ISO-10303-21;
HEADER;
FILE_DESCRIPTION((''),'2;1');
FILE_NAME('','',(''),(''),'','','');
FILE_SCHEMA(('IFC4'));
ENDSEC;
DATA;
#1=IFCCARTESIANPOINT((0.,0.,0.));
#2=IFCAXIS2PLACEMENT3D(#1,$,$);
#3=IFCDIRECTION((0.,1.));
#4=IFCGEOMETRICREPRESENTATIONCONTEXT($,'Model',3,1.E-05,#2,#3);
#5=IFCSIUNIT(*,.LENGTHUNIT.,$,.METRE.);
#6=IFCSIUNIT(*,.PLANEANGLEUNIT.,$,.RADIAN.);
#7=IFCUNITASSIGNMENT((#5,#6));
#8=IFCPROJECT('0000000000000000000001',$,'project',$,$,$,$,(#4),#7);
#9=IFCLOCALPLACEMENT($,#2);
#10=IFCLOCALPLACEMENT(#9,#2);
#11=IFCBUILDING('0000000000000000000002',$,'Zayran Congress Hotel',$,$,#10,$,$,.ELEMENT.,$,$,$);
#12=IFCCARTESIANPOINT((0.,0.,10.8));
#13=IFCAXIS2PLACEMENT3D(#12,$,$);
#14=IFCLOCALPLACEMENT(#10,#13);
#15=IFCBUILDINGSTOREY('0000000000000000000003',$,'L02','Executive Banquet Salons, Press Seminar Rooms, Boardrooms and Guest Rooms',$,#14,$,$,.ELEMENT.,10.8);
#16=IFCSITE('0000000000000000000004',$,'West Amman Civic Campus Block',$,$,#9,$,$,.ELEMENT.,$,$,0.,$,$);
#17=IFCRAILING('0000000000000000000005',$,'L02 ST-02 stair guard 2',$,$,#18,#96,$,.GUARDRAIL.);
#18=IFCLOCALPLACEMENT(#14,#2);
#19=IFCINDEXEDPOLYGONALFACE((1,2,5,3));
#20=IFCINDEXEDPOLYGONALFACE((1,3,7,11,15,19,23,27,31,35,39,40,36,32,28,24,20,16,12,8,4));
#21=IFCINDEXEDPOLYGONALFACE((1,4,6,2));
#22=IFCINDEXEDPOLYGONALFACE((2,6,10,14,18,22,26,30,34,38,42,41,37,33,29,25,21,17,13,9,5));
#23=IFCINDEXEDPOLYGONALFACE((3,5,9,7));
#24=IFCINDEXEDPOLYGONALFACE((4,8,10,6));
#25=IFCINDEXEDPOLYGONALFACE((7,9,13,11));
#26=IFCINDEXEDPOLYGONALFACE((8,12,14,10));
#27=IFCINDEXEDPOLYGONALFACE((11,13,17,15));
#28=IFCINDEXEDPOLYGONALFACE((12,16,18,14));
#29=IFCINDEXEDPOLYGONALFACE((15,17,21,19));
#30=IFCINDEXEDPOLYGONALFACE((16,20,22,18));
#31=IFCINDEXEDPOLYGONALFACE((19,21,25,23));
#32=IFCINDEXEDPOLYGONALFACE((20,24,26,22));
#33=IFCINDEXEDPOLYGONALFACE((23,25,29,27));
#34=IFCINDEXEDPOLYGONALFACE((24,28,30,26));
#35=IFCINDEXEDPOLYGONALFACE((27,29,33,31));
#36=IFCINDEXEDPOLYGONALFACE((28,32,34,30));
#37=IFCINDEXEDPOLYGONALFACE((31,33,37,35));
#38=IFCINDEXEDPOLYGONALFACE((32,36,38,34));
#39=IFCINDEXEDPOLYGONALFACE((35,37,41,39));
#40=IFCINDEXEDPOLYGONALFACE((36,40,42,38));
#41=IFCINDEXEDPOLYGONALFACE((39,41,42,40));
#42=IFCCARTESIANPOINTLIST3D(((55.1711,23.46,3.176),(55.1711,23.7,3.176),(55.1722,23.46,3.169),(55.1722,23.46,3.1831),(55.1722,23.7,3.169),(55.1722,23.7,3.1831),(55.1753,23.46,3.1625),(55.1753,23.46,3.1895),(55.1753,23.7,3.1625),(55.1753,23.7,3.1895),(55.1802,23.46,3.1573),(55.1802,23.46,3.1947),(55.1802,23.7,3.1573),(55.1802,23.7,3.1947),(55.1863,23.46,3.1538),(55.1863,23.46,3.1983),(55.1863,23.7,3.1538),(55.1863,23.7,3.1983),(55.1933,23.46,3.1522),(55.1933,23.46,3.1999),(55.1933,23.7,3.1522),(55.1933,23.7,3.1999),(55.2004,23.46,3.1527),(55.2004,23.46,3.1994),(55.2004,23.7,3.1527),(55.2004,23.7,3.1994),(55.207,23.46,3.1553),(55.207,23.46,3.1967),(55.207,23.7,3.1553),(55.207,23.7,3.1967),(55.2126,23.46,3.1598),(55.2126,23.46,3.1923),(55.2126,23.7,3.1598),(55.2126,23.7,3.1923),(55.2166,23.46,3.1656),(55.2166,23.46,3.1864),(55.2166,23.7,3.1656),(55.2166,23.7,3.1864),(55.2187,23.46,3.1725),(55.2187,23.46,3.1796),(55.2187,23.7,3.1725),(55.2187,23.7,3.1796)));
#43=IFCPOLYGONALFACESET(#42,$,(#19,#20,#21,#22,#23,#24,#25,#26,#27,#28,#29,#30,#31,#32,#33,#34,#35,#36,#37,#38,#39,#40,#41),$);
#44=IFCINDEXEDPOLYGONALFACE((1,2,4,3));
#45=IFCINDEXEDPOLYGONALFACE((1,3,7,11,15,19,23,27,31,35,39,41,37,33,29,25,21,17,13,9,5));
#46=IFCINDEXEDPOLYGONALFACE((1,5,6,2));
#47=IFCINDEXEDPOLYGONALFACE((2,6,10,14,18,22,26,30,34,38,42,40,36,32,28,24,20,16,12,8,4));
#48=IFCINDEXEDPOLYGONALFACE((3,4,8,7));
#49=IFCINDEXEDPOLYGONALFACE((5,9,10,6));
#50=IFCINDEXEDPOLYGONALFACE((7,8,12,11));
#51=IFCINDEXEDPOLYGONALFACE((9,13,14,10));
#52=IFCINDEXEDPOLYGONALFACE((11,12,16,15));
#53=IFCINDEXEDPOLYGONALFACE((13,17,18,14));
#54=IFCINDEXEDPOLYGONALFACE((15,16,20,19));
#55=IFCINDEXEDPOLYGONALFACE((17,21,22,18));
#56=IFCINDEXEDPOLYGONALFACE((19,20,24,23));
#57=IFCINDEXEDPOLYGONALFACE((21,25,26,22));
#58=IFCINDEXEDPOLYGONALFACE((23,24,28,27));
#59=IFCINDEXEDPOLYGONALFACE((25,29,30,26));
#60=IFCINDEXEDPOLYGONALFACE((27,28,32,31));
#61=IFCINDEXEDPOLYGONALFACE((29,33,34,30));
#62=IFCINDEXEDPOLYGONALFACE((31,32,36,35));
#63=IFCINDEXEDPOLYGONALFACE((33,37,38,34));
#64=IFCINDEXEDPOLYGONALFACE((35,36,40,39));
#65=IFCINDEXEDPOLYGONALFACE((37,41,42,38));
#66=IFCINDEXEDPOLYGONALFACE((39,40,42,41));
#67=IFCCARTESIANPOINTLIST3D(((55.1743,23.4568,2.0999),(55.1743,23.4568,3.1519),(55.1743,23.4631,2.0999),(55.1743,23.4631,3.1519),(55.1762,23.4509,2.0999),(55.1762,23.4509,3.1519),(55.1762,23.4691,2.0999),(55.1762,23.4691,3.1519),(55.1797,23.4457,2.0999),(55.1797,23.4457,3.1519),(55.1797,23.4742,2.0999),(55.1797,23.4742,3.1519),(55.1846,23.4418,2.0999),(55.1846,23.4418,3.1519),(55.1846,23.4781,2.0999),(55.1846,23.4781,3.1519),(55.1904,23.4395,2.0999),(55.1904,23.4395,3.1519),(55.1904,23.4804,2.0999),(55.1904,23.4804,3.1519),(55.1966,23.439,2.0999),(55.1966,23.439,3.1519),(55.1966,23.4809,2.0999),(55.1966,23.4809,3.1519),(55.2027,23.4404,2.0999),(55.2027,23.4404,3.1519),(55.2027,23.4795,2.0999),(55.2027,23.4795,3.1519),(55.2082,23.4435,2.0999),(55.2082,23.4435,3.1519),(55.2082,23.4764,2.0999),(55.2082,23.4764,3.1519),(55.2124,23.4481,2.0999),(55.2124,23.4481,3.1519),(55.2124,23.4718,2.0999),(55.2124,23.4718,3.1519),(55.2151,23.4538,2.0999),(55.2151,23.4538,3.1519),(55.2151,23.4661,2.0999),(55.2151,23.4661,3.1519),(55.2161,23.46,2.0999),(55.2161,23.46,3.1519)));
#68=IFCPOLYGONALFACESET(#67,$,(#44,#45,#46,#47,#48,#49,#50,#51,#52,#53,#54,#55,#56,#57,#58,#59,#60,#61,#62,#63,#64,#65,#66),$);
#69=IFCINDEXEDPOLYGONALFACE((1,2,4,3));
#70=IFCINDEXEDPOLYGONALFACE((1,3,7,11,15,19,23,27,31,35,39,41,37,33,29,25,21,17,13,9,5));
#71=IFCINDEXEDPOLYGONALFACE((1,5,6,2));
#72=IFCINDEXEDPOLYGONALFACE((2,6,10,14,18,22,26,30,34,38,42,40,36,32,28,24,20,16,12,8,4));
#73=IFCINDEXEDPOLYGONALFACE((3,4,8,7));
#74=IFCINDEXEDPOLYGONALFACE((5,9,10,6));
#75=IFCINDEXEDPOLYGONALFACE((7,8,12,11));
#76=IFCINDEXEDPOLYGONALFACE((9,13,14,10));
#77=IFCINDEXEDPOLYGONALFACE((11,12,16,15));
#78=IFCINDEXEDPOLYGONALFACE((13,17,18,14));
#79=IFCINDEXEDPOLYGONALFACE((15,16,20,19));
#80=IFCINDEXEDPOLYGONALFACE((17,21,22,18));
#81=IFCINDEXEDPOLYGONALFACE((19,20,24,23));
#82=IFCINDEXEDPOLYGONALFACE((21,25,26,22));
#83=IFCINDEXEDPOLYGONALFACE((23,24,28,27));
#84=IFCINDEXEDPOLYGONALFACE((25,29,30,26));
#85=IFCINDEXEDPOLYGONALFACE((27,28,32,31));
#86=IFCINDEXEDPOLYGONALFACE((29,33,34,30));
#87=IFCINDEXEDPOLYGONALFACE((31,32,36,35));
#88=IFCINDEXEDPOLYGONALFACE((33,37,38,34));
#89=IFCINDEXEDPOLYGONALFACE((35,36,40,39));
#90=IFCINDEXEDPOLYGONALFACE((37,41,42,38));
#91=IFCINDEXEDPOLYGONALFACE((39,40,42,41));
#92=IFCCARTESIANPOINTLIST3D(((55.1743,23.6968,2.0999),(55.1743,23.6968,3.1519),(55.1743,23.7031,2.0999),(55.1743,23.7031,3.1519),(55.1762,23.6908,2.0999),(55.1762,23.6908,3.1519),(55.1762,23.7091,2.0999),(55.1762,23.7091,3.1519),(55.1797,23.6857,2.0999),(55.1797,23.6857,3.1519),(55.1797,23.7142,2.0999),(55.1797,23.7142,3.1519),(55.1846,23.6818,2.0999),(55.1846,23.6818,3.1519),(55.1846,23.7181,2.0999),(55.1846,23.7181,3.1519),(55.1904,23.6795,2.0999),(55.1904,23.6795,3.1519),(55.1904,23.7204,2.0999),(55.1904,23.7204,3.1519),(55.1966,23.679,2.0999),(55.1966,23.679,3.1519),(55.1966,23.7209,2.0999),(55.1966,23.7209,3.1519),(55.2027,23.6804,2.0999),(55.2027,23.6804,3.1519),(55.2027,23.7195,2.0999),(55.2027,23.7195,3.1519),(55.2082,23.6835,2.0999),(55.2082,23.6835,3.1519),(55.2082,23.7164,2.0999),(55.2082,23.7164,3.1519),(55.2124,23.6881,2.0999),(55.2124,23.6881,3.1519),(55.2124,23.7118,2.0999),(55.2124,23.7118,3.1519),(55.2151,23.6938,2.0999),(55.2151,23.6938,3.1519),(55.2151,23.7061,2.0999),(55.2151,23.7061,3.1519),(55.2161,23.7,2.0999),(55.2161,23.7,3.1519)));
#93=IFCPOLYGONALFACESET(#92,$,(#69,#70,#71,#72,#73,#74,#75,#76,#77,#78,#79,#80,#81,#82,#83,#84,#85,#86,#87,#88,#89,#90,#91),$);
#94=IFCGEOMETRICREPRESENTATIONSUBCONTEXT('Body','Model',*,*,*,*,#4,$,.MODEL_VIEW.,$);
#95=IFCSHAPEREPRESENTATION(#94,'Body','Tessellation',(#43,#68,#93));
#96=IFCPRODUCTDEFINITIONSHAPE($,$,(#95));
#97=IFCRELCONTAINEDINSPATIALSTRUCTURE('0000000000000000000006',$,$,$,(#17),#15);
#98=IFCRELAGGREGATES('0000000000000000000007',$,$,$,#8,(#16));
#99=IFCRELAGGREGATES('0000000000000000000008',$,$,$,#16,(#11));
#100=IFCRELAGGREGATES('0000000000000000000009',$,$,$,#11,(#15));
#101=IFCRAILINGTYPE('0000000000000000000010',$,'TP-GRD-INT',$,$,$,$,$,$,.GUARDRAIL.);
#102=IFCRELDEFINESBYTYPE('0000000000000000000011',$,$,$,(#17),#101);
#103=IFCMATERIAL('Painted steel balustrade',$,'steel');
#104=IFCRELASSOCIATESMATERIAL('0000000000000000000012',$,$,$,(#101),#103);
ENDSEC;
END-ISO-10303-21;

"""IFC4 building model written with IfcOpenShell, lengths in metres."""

from ifc_helpers import new_model, si_unit, direction, frame, origin, origin_2d, place, context, subcontext, project, spatial, circle, extrude, material, type_object, element, save


model = new_model("IFC4")

# Units and contexts
model_context = context("Model", 3, precision=1e-05, world=origin(), true_north=direction((0.0, 1.0)))
body_context = subcontext(model_context, "Body", "Model", "MODEL_VIEW")
ifc_project = project(units=[si_unit("LENGTHUNIT", "METRE"), si_unit("PLANEANGLEUNIT", "RADIAN")], contexts=[model_context])

# Site, building, storey
site_placement = place(None, origin())
site = spatial("IfcSite", under=ifc_project, at=site_placement, Name="West Amman Civic Campus Block", CompositionType="ELEMENT", RefElevation=0.0)
building_placement = place(site_placement, origin())
building = spatial("IfcBuilding", under=site, at=building_placement, Name="Zayran Congress Hotel", CompositionType="ELEMENT")
storey_placement = place(building_placement, frame((0.0, 0.0, 10.8)))
storey = spatial("IfcBuildingStorey", under=building, at=storey_placement, Name="L02", Description="Executive Banquet Salons, Press Seminar Rooms, Boardrooms and Guest Rooms", CompositionType="ELEMENT", Elevation=10.8)

# Railing
ifc_material_1 = material(Name="Painted steel balustrade", Category="steel")
railing_type_1 = type_object("IfcRailingType", Name="TP-GRD-INT", PredefinedType="GUARDRAIL", material=ifc_material_1)
railing_1_placement = place(storey_placement, frame((55.1951, 23.46, 2.0999)))
element("IfcRailing", 1, at=railing_1_placement, inside=storey, type_object=railing_type_1, Name="L02 ST-02 stair guard 2", PredefinedType="GUARDRAIL", context=body_context, shape_type="SweptSolid", body=[
    extrude(circle(Radius=0.0239, at=origin_2d()), frame((0.0, 0.0, 1.0762), z_axis=(0.0, 1.0, 0.0), x_axis=(-1.0, 0.0, 0.0)), (0.0, 0.0, 1.0), 0.24),
    extrude(circle(Radius=0.021, at=origin_2d()), origin(), (0.0, 0.0, 1.0), 1.052),
    extrude(circle(Radius=0.021, at=origin_2d()), frame((0.0, 0.24, 0.0)), (0.0, 0.0, 1.0), 1.052),
])

save(model, "model.ifc")
